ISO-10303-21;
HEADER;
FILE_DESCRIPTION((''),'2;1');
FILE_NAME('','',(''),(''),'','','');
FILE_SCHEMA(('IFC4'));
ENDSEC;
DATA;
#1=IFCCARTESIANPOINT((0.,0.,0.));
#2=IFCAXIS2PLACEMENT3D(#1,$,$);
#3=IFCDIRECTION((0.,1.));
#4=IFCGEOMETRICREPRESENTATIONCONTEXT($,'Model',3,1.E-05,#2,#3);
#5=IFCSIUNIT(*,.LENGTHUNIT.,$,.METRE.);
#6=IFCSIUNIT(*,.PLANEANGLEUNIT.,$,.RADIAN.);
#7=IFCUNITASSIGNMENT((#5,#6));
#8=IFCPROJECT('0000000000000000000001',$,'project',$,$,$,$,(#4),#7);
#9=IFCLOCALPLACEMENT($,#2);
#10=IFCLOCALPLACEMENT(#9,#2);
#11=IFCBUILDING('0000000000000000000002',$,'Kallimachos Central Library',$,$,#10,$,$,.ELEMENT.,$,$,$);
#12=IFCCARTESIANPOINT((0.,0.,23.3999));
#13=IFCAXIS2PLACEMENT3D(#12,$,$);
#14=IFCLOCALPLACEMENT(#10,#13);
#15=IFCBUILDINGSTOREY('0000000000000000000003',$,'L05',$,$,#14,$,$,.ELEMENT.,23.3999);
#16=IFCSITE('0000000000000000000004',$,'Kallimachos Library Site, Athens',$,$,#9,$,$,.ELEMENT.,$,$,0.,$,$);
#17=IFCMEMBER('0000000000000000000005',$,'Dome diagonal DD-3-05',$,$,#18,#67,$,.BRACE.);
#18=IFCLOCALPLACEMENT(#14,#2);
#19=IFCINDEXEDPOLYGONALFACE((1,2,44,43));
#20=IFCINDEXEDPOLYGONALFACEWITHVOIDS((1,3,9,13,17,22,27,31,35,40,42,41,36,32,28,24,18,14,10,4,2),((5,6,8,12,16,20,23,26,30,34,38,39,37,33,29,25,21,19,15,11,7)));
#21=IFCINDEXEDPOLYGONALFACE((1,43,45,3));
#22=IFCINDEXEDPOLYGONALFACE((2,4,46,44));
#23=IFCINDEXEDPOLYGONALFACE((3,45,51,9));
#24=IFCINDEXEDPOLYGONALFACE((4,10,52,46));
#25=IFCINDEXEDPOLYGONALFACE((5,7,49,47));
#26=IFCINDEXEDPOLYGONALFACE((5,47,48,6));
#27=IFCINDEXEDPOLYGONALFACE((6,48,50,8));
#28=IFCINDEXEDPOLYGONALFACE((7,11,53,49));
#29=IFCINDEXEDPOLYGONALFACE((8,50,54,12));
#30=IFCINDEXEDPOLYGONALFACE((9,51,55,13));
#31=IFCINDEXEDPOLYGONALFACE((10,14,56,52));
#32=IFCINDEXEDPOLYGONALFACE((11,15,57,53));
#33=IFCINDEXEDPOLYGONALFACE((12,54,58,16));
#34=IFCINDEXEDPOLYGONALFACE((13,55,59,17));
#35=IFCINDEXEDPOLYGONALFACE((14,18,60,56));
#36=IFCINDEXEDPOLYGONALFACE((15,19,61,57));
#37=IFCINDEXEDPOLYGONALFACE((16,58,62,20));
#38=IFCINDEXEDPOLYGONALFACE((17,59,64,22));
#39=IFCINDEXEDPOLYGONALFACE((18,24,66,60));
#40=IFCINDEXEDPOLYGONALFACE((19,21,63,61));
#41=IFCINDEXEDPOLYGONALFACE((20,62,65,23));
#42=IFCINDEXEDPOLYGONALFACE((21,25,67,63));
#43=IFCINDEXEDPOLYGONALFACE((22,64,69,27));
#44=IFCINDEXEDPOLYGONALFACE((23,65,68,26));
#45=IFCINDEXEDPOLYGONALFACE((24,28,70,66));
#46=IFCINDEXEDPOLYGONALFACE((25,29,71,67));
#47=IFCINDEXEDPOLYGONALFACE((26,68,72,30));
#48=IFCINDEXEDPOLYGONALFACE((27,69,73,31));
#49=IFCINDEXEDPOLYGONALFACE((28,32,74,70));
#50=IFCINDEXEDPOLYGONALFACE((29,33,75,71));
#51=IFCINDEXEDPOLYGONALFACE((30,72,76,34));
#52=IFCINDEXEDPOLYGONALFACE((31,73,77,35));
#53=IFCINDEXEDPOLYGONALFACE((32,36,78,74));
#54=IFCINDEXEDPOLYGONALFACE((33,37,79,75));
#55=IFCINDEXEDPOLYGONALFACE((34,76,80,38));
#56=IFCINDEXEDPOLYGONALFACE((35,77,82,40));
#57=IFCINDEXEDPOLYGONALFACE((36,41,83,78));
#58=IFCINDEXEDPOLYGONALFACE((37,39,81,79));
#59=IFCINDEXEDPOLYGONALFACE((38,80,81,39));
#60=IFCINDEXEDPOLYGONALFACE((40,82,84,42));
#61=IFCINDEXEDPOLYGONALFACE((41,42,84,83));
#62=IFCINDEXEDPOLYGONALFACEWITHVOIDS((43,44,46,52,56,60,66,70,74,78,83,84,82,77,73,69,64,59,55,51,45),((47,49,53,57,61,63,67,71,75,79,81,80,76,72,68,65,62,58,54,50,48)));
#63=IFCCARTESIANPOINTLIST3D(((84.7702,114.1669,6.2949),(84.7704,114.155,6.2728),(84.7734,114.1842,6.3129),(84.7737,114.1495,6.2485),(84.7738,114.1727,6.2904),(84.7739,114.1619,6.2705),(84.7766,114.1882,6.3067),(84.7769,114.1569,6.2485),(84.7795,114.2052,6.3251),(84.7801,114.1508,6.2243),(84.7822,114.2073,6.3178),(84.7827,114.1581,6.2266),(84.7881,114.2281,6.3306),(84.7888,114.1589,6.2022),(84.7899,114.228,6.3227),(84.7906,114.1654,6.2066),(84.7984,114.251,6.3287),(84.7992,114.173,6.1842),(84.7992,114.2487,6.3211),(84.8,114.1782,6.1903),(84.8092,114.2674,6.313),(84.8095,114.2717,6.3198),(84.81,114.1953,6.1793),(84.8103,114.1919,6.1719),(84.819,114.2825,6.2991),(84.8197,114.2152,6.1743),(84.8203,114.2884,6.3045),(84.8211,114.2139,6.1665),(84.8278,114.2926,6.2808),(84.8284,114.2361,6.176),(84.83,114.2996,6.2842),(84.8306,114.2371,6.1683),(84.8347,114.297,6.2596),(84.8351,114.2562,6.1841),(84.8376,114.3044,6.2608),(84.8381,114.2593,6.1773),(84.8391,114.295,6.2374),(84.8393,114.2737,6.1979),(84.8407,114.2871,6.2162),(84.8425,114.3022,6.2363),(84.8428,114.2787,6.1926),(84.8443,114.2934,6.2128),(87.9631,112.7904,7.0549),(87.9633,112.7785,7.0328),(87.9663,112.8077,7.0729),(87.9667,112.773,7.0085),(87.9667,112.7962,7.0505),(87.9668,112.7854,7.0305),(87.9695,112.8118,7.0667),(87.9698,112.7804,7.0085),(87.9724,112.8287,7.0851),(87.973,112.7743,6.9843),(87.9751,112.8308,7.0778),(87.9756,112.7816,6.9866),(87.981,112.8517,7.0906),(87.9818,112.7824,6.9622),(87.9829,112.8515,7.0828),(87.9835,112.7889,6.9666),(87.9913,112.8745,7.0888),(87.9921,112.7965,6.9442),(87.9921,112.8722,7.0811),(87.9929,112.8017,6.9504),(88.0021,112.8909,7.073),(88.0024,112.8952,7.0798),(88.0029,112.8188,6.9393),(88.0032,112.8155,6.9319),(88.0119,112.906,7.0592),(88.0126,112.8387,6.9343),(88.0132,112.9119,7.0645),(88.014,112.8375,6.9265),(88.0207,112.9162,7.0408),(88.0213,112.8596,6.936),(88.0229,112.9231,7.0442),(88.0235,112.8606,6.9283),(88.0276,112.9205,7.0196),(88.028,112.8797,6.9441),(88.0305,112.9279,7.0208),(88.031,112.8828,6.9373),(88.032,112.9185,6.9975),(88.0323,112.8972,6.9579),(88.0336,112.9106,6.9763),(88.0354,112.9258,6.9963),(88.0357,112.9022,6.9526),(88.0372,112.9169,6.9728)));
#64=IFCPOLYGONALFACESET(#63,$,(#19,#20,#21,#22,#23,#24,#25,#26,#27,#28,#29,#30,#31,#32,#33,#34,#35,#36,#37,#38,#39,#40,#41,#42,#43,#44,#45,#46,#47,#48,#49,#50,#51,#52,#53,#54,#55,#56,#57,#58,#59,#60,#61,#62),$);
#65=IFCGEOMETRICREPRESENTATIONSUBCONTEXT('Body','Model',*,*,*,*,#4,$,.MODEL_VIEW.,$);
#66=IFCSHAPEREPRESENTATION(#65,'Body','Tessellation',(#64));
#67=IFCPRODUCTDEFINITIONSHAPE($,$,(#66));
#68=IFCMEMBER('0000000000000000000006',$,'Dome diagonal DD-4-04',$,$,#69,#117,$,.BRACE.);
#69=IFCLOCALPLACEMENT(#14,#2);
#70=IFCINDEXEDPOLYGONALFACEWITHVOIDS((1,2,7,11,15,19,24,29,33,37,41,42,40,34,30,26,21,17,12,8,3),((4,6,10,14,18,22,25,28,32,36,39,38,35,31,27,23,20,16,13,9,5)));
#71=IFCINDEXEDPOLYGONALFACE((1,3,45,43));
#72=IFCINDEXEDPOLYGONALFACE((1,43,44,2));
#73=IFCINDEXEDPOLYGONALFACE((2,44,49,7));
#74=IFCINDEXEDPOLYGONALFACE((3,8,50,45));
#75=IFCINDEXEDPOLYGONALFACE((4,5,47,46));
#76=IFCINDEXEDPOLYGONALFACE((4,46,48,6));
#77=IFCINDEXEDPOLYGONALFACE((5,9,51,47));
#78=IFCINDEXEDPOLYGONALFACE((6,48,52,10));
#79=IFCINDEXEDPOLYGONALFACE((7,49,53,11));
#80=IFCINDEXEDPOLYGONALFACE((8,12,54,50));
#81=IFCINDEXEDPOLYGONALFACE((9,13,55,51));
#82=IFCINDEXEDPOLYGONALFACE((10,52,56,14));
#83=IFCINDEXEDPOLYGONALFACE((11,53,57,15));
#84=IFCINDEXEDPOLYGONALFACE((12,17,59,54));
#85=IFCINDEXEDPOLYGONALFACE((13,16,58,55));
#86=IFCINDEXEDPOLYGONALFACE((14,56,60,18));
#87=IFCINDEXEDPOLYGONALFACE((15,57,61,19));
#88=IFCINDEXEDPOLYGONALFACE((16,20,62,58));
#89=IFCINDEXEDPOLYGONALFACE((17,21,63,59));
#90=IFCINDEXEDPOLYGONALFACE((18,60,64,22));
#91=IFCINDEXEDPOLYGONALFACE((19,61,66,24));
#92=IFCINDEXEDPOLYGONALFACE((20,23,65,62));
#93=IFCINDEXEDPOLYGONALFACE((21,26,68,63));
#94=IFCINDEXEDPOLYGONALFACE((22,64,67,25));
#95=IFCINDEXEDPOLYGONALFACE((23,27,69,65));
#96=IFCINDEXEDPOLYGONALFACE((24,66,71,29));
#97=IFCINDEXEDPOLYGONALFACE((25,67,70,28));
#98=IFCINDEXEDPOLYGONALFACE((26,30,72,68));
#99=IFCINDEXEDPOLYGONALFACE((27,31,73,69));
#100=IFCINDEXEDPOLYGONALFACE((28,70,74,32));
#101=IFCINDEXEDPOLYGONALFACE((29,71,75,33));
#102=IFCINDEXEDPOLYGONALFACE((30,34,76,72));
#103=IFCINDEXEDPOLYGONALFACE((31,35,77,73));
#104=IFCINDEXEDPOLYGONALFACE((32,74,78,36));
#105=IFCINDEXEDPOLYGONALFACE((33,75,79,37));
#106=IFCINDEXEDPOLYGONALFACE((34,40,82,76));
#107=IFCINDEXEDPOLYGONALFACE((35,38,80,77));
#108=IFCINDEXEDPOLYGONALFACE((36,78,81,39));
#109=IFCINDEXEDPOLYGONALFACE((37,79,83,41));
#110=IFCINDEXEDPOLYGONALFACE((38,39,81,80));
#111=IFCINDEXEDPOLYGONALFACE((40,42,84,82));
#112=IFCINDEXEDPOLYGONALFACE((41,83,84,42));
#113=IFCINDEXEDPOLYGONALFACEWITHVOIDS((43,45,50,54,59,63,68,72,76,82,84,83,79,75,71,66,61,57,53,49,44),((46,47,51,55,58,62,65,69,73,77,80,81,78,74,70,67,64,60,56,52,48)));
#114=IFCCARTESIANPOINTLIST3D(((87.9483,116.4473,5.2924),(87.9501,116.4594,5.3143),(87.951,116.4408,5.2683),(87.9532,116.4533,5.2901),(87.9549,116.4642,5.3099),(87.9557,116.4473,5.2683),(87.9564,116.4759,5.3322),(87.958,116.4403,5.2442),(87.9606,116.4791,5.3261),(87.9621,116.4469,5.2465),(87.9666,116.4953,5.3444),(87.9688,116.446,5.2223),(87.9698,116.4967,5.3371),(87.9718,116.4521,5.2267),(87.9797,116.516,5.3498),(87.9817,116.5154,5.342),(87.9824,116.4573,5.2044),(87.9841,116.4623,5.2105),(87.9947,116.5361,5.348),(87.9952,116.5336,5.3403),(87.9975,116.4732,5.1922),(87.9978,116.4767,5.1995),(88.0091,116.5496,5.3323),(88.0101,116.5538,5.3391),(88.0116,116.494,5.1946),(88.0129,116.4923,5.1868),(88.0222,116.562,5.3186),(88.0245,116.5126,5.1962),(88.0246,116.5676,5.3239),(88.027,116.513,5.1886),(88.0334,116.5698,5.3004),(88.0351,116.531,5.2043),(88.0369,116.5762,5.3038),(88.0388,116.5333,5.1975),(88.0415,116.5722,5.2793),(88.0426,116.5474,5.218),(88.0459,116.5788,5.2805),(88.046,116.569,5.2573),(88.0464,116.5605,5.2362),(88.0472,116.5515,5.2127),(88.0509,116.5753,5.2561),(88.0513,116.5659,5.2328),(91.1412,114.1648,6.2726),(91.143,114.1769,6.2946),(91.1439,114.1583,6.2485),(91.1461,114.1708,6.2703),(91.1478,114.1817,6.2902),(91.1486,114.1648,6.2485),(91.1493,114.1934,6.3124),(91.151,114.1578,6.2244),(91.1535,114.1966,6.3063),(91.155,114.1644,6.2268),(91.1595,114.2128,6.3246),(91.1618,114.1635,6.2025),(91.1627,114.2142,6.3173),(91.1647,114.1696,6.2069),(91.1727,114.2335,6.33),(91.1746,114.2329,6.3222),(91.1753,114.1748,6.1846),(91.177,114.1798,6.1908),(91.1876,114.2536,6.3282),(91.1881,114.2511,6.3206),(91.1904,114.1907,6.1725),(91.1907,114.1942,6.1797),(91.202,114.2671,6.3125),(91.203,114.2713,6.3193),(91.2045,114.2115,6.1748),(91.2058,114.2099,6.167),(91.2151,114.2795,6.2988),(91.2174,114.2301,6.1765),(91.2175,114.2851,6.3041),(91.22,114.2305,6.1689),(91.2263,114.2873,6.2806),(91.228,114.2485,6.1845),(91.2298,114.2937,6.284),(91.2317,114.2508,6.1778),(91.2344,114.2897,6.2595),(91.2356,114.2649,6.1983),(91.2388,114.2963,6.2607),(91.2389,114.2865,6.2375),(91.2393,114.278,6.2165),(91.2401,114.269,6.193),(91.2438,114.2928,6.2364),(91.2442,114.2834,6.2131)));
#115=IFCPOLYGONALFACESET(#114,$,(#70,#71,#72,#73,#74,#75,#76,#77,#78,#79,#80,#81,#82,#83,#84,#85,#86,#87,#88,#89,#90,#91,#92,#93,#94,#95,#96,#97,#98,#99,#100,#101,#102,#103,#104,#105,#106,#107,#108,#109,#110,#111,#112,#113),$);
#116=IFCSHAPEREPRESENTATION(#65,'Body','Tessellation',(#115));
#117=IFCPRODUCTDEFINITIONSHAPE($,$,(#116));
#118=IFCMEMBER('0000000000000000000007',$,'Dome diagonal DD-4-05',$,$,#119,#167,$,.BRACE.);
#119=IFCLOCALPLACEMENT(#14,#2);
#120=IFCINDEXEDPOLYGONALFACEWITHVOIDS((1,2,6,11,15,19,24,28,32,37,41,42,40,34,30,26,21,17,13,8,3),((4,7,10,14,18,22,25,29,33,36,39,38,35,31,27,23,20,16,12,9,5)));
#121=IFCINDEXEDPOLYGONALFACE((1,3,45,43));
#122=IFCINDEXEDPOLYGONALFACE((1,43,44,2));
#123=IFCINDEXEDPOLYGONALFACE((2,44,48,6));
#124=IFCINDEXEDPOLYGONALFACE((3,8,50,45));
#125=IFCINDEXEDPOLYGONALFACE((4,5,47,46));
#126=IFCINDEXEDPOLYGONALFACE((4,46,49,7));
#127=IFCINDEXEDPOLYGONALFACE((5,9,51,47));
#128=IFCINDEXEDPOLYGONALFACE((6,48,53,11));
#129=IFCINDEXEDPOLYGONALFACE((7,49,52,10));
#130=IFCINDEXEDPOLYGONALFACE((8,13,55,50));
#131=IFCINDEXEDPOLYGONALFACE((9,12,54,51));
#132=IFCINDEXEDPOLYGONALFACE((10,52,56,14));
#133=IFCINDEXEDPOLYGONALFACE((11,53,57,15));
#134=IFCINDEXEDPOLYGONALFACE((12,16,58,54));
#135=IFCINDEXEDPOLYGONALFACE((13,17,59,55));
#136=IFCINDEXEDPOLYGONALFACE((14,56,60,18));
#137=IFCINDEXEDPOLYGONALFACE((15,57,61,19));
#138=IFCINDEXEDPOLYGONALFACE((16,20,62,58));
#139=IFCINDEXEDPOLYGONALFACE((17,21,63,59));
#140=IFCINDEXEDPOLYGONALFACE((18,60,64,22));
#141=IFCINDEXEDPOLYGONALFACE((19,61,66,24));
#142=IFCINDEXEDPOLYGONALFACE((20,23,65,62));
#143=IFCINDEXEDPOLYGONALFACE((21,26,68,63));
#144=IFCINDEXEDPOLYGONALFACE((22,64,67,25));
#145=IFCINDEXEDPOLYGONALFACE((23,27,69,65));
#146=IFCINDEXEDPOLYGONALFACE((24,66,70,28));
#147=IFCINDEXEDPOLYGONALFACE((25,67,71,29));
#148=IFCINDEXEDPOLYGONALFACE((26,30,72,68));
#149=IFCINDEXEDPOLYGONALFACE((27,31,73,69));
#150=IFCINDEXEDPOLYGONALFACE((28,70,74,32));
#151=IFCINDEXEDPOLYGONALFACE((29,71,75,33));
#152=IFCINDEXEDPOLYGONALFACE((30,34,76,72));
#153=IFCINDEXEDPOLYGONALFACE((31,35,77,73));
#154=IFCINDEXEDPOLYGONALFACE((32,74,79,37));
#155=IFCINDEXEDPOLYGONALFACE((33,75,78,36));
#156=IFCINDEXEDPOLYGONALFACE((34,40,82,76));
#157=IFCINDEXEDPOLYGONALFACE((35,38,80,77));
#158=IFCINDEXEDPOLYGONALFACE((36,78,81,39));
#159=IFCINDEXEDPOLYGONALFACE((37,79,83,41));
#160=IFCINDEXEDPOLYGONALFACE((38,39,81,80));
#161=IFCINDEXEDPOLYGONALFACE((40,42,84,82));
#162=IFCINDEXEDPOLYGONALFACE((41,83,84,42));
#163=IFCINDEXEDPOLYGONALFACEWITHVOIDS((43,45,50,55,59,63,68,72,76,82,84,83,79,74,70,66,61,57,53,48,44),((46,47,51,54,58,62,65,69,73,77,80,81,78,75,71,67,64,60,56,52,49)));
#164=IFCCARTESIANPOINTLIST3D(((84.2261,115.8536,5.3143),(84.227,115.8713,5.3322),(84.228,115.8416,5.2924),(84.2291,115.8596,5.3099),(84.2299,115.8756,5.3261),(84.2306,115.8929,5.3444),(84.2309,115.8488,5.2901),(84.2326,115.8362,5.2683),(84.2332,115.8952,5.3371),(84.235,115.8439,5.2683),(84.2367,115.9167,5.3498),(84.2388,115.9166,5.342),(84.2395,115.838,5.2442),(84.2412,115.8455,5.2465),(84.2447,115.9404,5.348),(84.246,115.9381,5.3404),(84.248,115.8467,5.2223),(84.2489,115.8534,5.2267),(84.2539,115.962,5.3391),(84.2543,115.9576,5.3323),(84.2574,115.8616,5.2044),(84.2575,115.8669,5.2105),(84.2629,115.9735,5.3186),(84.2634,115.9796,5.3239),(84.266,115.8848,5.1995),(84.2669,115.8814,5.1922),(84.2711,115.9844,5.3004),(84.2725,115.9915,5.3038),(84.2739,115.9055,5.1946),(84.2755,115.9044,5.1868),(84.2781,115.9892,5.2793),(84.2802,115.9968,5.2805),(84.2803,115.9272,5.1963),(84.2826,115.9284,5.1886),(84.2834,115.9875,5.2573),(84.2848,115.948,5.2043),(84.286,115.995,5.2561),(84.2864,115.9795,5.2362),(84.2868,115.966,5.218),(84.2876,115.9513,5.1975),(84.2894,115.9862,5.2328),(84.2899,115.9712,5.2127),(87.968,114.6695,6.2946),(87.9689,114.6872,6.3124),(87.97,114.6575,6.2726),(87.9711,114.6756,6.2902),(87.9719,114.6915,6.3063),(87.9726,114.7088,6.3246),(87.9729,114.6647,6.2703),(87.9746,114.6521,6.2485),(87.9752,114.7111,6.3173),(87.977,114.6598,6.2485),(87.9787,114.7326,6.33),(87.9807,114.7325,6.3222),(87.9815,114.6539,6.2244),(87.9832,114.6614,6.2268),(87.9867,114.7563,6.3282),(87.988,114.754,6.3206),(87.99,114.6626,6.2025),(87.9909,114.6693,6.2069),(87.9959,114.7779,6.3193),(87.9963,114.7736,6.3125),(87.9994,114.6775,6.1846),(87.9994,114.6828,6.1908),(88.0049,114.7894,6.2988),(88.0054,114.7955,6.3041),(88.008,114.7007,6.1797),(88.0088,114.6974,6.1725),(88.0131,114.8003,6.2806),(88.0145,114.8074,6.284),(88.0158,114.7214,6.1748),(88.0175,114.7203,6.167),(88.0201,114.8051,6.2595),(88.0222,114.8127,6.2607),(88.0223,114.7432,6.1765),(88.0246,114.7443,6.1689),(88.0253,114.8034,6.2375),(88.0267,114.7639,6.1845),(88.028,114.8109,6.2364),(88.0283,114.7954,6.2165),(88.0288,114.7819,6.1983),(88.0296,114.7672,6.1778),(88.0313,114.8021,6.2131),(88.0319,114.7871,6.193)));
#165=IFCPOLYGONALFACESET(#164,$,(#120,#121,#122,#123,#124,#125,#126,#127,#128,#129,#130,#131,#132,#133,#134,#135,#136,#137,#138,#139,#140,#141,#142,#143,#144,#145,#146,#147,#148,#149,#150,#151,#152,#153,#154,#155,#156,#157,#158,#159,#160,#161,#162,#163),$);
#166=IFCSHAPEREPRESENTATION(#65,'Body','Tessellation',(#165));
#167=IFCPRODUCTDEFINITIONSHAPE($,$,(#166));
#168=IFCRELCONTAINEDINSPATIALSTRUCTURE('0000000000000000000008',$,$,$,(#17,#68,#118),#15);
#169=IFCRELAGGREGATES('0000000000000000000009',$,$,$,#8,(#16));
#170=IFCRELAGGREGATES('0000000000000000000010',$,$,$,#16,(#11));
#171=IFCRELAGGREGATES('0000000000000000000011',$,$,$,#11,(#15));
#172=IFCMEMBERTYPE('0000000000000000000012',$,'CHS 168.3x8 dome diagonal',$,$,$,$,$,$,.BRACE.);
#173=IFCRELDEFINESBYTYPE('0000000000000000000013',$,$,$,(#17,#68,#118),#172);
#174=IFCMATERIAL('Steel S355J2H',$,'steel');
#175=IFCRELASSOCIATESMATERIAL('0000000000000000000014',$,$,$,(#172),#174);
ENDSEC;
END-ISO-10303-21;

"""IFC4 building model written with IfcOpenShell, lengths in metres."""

from ifc_helpers import new_model, si_unit, direction, frame, origin, origin_2d, place, context, subcontext, project, spatial, hollow_circle, extrude, material, material_profile, profile_set, type_object, element, save


model = new_model("IFC4")

# Units and contexts
model_context = context("Model", 3, precision=1e-05, world=origin(), true_north=direction((0.0, 1.0)))
body_context = subcontext(model_context, "Body", "Model", "MODEL_VIEW")
ifc_project = project(units=[si_unit("LENGTHUNIT", "METRE"), si_unit("PLANEANGLEUNIT", "RADIAN")], contexts=[model_context])

# Site, building, storey
site_placement = place(None, origin())
site = spatial("IfcSite", under=ifc_project, at=site_placement, Name="Kallimachos Library Site, Athens", CompositionType="ELEMENT", RefElevation=0.0)
building_placement = place(site_placement, origin())
building = spatial("IfcBuilding", under=site, at=building_placement, Name="Kallimachos Central Library", CompositionType="ELEMENT")
storey_placement = place(building_placement, frame((0.0, 0.0, 23.3999)))
storey = spatial("IfcBuildingStorey", under=building, at=storey_placement, Name="L05", CompositionType="ELEMENT", Elevation=23.3999)

# Members
ifc_material_1 = material(Name="Steel S355J2H", Category="steel")
ifc_material_profile_1 = material_profile(ifc_material_1, hollow_circle(Radius=0.0842, WallThickness=0.0081, at=origin_2d()), Name="CHS 168.3x8")
ifc_profile_set_1 = profile_set([ifc_material_profile_1], Name="Steel S355J2H")
member_type_1 = type_object("IfcMemberType", Name="CHS 168.3x8 dome diagonal", PredefinedType="BRACE", material=ifc_profile_set_1)
member_1_placement = place(storey_placement, frame((88.0, 112.8503, 7.0085), z_axis=(-0.897118, 0.386753, -0.213544), x_axis=(-0.395884, -0.9183, 0.0)))
element("IfcMember", 1, at=member_1_placement, inside=storey, type_object=member_type_1, Name="Dome diagonal DD-3-05", PredefinedType="BRACE", context=body_context, shape_type="SweptSolid", body=[
    extrude(hollow_circle(Radius=0.0842, WallThickness=0.0081, at=origin_2d()), origin(), (0.0, 0.0, 1.0), 3.5591),
])
for number, where, z_axis, x_axis, name in (
    (2, (91.1929, 114.2268, 6.2485), (-0.789267, 0.564219, -0.242308), (-0.58155, -0.813511, 0.0), "Dome diagonal DD-4-04"),
    (3, (88.0, 114.7324, 6.2485), (-0.924994, 0.2927, -0.242308), (-0.301691, -0.953406, 0.0), "Dome diagonal DD-4-05"),
):
    element("IfcMember", number, at=place(storey_placement, frame(where, z_axis=z_axis, x_axis=x_axis)), inside=storey, type_object=member_type_1, Name=name, PredefinedType="BRACE", context=body_context, shape_type="SweptSolid", body=[
        extrude(hollow_circle(Radius=0.0842, WallThickness=0.0081, at=origin_2d()), origin(), (0.0, 0.0, 1.0), 4.0454),
    ])

save(model, "model.ifc")
